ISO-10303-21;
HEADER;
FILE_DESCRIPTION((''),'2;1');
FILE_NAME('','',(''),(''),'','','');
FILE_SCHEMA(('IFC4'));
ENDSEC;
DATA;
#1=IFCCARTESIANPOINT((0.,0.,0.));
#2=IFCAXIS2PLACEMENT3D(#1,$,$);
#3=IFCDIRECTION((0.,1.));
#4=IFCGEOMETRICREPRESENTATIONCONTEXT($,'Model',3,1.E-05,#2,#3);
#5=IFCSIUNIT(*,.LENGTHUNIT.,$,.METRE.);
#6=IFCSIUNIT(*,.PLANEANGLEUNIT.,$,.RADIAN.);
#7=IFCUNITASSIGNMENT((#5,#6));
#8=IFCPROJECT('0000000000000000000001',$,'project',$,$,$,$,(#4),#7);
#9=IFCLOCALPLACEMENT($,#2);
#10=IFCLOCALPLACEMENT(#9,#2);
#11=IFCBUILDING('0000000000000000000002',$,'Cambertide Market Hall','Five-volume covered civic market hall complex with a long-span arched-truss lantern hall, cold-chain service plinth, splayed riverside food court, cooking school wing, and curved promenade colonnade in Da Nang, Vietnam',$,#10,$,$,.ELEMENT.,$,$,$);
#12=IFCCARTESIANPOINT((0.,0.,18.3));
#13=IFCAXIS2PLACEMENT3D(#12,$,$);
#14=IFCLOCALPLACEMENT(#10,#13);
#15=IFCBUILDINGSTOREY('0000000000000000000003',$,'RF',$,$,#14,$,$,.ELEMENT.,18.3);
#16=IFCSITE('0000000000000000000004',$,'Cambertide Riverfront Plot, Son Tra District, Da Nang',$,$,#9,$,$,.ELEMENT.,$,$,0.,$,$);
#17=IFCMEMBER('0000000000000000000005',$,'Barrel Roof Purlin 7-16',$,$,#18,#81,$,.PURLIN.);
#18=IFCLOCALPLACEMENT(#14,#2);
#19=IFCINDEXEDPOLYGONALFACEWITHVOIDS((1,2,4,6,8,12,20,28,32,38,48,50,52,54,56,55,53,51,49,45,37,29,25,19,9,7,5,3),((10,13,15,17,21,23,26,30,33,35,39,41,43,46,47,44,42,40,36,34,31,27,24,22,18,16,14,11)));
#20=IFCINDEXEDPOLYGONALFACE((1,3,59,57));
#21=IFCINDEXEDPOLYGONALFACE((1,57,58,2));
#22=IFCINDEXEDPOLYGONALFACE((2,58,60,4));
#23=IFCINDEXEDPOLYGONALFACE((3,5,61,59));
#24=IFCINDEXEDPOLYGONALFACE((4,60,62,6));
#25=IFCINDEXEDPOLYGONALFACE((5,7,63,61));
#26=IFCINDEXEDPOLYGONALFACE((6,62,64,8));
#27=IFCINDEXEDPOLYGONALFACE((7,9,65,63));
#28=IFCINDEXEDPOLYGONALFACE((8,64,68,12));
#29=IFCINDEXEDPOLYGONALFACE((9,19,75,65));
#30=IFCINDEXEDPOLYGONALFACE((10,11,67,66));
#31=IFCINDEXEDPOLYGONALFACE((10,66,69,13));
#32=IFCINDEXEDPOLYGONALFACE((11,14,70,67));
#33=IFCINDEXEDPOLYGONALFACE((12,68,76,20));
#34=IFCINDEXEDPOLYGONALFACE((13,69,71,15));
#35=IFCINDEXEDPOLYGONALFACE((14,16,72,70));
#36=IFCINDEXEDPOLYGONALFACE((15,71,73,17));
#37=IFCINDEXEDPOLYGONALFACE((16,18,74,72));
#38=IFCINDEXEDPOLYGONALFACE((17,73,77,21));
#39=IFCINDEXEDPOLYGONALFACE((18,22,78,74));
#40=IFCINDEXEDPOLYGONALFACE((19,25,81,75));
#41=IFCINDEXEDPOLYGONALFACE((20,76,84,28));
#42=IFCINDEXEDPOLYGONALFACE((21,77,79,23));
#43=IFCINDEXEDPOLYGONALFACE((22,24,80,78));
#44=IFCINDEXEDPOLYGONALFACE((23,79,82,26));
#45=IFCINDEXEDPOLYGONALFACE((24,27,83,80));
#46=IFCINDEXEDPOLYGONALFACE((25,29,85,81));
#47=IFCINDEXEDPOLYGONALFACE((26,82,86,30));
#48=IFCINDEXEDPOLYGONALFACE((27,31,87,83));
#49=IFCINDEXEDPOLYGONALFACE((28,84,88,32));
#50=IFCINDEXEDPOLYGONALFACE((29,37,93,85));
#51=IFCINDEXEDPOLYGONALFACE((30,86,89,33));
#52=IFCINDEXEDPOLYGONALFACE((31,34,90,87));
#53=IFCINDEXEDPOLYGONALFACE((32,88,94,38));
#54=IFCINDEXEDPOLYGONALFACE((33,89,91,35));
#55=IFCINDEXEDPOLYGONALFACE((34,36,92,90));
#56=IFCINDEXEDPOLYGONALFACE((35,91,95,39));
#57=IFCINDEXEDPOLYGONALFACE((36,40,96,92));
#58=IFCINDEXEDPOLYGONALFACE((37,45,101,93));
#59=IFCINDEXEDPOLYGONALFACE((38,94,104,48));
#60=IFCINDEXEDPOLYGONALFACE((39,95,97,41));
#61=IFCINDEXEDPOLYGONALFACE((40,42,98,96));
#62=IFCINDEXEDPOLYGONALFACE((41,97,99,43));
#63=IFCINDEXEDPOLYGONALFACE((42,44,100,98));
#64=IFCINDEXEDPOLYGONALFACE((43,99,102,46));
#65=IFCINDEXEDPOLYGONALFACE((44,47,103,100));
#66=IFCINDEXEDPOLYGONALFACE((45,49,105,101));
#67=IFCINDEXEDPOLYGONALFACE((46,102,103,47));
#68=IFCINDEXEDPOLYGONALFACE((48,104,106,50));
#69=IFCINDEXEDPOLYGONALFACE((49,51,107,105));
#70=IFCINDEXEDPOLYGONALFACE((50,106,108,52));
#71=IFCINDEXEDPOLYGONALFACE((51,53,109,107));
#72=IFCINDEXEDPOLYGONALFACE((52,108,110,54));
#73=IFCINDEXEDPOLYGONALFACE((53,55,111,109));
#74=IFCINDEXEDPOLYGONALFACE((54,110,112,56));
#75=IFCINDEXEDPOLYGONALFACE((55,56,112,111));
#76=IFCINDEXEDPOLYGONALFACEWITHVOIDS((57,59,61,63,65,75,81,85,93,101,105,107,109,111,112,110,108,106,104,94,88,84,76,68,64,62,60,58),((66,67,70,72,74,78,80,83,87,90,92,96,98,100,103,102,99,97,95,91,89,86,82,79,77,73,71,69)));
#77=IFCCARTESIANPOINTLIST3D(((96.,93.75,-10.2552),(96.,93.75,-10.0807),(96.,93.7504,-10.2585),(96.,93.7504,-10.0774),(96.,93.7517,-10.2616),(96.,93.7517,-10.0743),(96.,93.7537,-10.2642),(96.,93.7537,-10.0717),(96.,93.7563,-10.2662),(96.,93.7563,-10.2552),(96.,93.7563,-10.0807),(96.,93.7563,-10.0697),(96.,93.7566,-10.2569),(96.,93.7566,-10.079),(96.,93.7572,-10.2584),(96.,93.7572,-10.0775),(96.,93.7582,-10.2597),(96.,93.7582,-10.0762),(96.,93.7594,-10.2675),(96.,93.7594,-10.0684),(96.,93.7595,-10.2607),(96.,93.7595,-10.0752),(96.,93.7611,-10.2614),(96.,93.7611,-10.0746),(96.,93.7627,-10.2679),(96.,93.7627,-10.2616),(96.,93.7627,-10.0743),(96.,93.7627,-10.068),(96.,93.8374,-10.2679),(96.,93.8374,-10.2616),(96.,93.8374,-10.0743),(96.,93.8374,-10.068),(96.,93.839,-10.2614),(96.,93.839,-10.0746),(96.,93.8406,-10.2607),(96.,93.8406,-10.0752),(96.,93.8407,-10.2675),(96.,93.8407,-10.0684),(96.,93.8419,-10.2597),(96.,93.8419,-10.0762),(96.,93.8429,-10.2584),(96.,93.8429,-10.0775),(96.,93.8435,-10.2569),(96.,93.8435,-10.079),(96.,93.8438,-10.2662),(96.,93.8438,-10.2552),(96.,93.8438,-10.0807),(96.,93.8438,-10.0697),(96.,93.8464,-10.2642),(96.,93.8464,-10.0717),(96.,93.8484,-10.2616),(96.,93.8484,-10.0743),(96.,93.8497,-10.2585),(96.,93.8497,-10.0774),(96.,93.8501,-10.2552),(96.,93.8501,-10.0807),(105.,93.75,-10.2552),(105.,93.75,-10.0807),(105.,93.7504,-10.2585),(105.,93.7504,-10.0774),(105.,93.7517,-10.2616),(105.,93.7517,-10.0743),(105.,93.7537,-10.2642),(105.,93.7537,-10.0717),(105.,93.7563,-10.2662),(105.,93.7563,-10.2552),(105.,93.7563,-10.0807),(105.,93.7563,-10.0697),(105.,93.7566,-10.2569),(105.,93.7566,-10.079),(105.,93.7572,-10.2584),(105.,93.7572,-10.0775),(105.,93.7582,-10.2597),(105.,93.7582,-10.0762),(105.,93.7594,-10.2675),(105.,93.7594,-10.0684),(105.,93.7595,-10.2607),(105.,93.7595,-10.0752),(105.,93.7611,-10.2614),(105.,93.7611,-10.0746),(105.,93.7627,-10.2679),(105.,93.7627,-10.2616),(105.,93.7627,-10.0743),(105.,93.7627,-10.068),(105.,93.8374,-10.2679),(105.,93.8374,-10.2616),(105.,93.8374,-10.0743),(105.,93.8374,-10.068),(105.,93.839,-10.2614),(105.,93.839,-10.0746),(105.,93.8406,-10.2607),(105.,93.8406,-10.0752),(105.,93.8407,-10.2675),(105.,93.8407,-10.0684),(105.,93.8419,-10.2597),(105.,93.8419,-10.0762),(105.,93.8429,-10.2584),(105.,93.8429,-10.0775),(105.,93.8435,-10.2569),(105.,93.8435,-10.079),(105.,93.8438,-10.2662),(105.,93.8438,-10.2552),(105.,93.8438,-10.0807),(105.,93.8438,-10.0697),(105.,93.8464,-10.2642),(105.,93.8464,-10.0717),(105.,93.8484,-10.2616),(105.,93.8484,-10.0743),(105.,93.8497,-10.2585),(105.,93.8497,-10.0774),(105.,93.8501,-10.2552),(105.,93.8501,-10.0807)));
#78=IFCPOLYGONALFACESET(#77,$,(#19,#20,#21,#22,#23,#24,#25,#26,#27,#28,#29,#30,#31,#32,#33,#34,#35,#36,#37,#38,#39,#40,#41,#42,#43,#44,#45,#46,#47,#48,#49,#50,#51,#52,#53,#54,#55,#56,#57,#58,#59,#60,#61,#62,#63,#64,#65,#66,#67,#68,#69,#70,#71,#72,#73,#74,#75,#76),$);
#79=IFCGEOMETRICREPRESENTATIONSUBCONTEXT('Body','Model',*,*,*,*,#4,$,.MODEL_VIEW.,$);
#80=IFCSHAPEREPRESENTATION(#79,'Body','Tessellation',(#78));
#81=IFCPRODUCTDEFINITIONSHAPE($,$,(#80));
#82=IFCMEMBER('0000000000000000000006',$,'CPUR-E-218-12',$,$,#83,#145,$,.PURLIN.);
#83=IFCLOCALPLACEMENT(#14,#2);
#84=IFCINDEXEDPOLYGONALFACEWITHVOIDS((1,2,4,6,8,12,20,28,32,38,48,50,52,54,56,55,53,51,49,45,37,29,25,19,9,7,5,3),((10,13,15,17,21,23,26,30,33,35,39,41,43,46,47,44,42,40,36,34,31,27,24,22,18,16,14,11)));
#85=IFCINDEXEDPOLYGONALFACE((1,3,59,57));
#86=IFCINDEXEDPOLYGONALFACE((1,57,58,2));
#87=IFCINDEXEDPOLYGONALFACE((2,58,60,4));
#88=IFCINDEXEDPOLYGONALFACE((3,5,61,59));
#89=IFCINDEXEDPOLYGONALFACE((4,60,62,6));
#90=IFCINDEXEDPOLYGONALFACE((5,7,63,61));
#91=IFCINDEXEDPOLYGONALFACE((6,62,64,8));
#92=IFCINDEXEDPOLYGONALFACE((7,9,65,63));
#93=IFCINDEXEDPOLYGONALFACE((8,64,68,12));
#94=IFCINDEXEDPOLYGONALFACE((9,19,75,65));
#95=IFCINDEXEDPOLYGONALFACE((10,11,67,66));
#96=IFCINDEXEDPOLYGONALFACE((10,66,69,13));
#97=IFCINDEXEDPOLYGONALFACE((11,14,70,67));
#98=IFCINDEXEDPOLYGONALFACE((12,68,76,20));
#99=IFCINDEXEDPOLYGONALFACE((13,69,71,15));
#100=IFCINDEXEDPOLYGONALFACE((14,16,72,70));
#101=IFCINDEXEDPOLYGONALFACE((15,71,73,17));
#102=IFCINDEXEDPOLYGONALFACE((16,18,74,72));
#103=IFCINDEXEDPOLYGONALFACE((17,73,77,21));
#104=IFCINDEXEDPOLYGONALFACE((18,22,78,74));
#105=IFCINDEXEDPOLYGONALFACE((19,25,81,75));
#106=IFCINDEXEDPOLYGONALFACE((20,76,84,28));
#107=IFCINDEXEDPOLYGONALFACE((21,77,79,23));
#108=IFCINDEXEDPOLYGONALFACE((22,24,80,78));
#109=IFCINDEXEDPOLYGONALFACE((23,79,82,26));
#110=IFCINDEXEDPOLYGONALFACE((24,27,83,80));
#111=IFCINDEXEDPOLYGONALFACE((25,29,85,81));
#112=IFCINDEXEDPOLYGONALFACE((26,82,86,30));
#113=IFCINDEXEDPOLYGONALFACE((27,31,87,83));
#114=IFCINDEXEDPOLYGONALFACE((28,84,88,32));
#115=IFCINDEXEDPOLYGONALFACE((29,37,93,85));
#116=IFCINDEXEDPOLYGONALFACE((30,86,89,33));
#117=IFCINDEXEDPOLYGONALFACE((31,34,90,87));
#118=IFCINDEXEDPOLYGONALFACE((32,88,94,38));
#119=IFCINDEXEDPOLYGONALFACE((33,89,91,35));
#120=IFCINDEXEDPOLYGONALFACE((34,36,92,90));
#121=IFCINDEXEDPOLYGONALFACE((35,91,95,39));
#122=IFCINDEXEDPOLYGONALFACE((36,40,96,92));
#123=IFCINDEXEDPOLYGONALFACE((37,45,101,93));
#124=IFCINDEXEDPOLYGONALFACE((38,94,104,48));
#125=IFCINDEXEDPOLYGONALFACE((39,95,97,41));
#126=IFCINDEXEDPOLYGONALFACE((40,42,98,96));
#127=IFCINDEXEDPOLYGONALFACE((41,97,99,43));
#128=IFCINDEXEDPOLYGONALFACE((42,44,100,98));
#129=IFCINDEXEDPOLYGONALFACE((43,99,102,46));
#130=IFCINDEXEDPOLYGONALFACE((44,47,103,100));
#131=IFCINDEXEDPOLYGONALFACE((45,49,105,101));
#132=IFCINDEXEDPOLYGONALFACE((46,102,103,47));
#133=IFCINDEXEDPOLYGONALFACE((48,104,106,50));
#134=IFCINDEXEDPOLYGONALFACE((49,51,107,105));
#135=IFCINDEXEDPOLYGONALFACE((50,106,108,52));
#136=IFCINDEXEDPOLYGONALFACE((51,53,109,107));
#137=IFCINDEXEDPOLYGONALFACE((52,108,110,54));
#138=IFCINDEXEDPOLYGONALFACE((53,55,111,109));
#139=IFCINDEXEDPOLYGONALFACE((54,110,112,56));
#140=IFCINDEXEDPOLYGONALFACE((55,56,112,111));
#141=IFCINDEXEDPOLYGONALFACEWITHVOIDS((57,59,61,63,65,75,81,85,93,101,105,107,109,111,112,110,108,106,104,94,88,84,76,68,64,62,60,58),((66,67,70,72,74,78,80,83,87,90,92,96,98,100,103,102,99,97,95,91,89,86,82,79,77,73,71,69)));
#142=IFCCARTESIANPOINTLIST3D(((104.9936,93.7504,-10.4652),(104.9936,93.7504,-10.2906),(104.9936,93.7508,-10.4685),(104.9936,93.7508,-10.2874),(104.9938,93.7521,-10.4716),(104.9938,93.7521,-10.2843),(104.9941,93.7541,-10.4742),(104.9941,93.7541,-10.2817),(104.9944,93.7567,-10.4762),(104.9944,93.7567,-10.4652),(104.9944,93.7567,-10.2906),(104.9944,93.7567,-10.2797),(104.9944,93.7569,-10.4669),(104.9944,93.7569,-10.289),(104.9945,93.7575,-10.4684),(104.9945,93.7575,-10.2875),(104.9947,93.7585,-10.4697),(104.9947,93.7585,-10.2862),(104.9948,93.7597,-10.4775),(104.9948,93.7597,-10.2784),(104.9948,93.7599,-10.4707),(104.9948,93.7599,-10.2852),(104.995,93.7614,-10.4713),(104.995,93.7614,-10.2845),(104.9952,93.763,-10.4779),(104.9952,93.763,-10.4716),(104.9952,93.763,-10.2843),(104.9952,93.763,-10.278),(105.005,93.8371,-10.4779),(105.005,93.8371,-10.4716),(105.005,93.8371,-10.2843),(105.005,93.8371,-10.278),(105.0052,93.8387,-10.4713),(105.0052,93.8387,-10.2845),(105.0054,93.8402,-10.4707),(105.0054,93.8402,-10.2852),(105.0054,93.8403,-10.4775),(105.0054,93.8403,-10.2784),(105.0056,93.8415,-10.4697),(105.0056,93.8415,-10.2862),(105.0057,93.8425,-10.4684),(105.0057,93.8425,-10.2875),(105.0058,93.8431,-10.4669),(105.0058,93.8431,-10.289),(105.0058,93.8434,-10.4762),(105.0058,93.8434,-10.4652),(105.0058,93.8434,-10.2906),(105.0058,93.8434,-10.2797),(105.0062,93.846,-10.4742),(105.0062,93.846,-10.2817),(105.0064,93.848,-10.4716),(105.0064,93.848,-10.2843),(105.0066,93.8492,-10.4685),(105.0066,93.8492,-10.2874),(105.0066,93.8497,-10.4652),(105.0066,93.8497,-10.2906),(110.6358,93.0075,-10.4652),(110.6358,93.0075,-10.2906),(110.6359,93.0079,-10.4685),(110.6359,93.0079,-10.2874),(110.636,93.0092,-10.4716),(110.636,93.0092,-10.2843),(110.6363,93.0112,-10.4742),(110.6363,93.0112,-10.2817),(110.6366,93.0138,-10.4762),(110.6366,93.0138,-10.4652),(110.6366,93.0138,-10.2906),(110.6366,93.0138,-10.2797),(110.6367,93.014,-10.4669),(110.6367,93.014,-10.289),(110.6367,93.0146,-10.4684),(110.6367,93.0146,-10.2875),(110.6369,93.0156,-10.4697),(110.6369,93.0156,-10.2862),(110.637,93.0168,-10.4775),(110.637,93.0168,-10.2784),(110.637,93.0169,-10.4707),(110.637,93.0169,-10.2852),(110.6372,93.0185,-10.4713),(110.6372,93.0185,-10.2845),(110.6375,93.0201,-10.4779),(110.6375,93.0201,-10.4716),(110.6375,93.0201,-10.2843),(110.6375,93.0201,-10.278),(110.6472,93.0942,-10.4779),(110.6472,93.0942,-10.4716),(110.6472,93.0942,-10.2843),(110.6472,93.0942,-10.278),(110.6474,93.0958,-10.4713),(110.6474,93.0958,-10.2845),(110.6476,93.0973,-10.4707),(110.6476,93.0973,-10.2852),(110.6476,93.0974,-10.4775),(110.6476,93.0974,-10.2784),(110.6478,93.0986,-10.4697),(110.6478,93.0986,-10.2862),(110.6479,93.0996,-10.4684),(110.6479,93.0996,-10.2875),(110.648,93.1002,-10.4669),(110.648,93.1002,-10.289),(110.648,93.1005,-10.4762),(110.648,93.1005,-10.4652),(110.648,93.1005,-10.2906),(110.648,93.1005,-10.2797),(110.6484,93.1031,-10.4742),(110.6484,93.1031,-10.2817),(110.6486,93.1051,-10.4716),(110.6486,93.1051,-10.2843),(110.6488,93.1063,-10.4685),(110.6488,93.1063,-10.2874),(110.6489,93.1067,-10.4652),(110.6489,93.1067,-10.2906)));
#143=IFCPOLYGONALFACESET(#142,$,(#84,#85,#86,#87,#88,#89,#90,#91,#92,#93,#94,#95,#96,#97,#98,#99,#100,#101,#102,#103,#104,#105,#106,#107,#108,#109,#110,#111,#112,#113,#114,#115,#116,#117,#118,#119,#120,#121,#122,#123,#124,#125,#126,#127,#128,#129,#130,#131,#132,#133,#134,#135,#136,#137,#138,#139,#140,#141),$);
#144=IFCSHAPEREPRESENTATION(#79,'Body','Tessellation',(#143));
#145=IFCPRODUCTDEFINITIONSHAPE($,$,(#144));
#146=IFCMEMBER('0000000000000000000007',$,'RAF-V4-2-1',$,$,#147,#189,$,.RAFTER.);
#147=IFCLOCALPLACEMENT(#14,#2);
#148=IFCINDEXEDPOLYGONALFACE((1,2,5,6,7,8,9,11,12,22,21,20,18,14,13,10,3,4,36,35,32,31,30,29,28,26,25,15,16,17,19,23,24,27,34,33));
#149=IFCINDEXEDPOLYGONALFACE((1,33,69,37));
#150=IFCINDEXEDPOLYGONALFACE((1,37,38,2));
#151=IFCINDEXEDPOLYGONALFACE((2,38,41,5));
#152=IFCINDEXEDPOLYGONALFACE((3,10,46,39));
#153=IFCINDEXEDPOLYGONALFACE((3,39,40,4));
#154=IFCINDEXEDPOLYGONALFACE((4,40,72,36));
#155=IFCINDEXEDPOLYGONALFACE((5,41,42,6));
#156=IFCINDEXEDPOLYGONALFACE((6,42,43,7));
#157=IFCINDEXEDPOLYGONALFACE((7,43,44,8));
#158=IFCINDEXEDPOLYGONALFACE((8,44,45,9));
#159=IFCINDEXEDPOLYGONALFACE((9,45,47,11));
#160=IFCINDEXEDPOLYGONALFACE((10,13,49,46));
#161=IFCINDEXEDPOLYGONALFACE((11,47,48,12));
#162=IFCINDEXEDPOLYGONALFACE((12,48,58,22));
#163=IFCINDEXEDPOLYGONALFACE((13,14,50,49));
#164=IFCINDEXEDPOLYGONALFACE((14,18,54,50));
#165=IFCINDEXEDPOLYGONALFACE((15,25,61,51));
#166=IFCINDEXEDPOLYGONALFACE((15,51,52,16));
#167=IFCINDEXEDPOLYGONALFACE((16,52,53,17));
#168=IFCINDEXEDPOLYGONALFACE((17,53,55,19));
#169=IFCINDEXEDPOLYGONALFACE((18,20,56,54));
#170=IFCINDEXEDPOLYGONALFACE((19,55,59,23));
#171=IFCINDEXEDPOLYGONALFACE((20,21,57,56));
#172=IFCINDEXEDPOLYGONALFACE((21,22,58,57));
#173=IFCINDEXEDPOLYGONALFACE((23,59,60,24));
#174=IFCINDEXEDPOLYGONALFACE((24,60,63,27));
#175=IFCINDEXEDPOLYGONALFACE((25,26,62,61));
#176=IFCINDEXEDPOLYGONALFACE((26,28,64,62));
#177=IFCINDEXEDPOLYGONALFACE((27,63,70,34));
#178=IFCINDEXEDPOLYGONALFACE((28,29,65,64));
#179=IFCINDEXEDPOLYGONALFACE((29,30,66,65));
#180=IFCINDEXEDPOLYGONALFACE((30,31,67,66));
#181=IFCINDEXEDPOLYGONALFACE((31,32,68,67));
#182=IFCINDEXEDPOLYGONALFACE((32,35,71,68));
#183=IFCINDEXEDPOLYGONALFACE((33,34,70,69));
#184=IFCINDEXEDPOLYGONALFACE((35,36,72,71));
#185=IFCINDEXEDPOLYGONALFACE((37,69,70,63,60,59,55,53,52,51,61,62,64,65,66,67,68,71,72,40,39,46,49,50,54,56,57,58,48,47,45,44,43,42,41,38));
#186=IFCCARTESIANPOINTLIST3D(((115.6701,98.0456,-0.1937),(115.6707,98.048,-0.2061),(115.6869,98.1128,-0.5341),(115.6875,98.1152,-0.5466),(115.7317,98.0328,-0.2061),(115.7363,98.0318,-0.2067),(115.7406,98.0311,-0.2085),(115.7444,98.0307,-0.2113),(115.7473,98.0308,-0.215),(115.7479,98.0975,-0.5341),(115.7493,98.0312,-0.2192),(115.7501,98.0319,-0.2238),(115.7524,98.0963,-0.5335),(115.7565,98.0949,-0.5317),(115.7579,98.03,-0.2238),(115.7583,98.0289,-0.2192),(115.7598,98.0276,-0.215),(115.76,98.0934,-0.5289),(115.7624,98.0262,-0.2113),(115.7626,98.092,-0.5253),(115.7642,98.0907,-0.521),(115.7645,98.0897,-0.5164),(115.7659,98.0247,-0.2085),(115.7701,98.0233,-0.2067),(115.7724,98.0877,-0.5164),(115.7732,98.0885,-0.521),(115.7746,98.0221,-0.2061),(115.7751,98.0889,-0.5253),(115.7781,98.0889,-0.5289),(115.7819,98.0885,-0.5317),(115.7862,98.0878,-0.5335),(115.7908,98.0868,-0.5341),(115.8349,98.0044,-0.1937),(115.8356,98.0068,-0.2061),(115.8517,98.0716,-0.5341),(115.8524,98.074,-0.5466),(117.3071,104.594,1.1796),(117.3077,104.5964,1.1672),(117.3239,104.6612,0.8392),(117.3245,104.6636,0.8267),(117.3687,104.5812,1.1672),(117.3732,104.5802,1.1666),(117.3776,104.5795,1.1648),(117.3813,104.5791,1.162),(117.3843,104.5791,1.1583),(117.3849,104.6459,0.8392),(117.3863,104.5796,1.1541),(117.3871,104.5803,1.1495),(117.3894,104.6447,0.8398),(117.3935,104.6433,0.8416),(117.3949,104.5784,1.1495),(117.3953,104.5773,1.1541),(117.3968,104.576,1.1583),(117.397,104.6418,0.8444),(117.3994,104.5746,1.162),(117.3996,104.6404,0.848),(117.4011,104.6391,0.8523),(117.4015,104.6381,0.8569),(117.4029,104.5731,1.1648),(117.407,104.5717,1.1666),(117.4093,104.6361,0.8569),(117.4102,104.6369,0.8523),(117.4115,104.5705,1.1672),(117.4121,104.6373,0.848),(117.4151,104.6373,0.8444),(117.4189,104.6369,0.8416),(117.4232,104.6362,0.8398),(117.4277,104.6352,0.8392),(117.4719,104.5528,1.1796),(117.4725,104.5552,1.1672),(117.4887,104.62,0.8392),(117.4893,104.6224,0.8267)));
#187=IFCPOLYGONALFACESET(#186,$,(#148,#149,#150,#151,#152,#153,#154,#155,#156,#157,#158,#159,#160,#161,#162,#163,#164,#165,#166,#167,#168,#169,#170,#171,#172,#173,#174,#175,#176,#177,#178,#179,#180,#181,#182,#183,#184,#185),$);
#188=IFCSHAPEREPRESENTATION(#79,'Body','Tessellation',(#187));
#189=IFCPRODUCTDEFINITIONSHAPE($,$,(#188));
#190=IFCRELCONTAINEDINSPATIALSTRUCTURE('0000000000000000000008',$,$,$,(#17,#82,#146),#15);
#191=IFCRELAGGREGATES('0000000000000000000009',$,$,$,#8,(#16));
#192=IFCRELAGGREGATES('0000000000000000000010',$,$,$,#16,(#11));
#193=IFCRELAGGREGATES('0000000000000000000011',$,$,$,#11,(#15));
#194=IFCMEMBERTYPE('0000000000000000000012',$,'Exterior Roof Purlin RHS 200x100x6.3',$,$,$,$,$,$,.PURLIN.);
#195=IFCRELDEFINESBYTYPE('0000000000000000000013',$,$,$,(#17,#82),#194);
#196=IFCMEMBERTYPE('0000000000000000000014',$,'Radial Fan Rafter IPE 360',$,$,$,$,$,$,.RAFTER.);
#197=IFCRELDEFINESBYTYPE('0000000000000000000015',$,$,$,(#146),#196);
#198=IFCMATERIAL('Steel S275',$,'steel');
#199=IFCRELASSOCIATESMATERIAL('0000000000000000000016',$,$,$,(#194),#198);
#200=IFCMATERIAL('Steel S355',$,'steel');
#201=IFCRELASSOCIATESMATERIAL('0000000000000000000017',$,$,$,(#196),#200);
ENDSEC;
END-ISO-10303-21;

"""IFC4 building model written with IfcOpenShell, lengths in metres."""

from ifc_helpers import new_model, si_unit, direction, frame, origin, origin_2d, place, context, subcontext, project, spatial, hollow_rectangle, i_section, extrude, material, material_profile, profile_set, type_object, element, save


model = new_model("IFC4")

# Units and contexts
model_context = context("Model", 3, precision=1e-05, world=origin(), true_north=direction((0.0, 1.0)))
body_context = subcontext(model_context, "Body", "Model", "MODEL_VIEW")
ifc_project = project(units=[si_unit("LENGTHUNIT", "METRE"), si_unit("PLANEANGLEUNIT", "RADIAN")], contexts=[model_context])

# Site, building, storey
site_placement = place(None, origin())
site = spatial("IfcSite", under=ifc_project, at=site_placement, Name="Cambertide Riverfront Plot, Son Tra District, Da Nang", CompositionType="ELEMENT", RefElevation=0.0)
building_placement = place(site_placement, origin())
building = spatial("IfcBuilding", under=site, at=building_placement, Name="Cambertide Market Hall", Description="Five-volume covered civic market hall complex with a long-span arched-truss lantern hall, cold-chain service plinth, splayed riverside food court, cooking school wing, and curved promenade colonnade in Da Nang, Vietnam", CompositionType="ELEMENT")
storey_placement = place(building_placement, frame((0.0, 0.0, 18.3)))
storey = spatial("IfcBuildingStorey", under=building, at=storey_placement, Name="RF", CompositionType="ELEMENT", Elevation=18.3)

# Members
ifc_material_1 = material(Name="Steel S275", Category="steel")
ifc_material_profile_1 = material_profile(ifc_material_1, hollow_rectangle(XDim=0.1001, YDim=0.2, WallThickness=0.0063, InnerFilletRadius=0.0063, OuterFilletRadius=0.0127, at=origin_2d()), Name="RHS 200x100x6.3")
ifc_profile_set_1 = profile_set([ifc_material_profile_1], Name="Steel S275")
member_type_1 = type_object("IfcMemberType", Name="Exterior Roof Purlin RHS 200x100x6.3", PredefinedType="PURLIN", material=ifc_profile_set_1)
member_1_placement = place(storey_placement, frame((96.0, 93.8, -10.168), z_axis=(1.0, 0.0, 0.0), x_axis=(0.0, 1.0, 0.0)))
element("IfcMember", 1, at=member_1_placement, inside=storey, type_object=member_type_1, Name="Barrel Roof Purlin 7-16", PredefinedType="PURLIN", context=body_context, shape_type="SweptSolid", body=[
    extrude(hollow_rectangle(XDim=0.1001, YDim=0.2, WallThickness=0.0063, InnerFilletRadius=0.0063, OuterFilletRadius=0.0127, at=origin_2d()), origin(), (0.0, 0.0, 1.0), 9.0),
])
member_2_placement = place(storey_placement, frame((110.6423, 93.0571, -10.3779), z_axis=(-0.991443, 0.130542, 0.0), x_axis=(-0.130542, -0.991443, 0.0)))
element("IfcMember", 2, at=member_2_placement, inside=storey, type_object=member_type_1, Name="CPUR-E-218-12", PredefinedType="PURLIN", context=body_context, shape_type="SweptSolid", body=[
    extrude(hollow_rectangle(XDim=0.1001, YDim=0.2, WallThickness=0.0063, InnerFilletRadius=0.0063, OuterFilletRadius=0.0127, at=origin_2d()), origin(), (0.0, 0.0, 1.0), 5.6909),
])
ifc_material_2 = material(Name="Steel S355", Category="steel")
ifc_material_profile_2 = material_profile(ifc_material_2, i_section(OverallWidth=0.1699, OverallDepth=0.3601, WebThickness=0.0081, FlangeThickness=0.0127, FilletRadius=0.0181, at=origin_2d()), Name="IPE 360")
ifc_profile_set_2 = profile_set([ifc_material_profile_2], Name="Steel S355")
member_type_2 = type_object("IfcMemberType", Name="Radial Fan Rafter IPE 360", PredefinedType="RAFTER", material=ifc_profile_set_2)
member_3_placement = place(storey_placement, frame((115.7612, 98.0598, -0.3701), z_axis=(0.23765, 0.95067, 0.199371), x_axis=(-0.970147, 0.242519, 0.0)))
element("IfcMember", 3, at=member_3_placement, inside=storey, type_object=member_type_2, Name="RAF-V4-2-1", PredefinedType="RAFTER", context=body_context, shape_type="SweptSolid", body=[
    extrude(i_section(OverallWidth=0.1699, OverallDepth=0.3601, WebThickness=0.0081, FlangeThickness=0.0127, FilletRadius=0.0181, at=origin_2d()), origin(), (0.0, 0.0, 1.0), 6.8882),
])

save(model, "model.ifc")
